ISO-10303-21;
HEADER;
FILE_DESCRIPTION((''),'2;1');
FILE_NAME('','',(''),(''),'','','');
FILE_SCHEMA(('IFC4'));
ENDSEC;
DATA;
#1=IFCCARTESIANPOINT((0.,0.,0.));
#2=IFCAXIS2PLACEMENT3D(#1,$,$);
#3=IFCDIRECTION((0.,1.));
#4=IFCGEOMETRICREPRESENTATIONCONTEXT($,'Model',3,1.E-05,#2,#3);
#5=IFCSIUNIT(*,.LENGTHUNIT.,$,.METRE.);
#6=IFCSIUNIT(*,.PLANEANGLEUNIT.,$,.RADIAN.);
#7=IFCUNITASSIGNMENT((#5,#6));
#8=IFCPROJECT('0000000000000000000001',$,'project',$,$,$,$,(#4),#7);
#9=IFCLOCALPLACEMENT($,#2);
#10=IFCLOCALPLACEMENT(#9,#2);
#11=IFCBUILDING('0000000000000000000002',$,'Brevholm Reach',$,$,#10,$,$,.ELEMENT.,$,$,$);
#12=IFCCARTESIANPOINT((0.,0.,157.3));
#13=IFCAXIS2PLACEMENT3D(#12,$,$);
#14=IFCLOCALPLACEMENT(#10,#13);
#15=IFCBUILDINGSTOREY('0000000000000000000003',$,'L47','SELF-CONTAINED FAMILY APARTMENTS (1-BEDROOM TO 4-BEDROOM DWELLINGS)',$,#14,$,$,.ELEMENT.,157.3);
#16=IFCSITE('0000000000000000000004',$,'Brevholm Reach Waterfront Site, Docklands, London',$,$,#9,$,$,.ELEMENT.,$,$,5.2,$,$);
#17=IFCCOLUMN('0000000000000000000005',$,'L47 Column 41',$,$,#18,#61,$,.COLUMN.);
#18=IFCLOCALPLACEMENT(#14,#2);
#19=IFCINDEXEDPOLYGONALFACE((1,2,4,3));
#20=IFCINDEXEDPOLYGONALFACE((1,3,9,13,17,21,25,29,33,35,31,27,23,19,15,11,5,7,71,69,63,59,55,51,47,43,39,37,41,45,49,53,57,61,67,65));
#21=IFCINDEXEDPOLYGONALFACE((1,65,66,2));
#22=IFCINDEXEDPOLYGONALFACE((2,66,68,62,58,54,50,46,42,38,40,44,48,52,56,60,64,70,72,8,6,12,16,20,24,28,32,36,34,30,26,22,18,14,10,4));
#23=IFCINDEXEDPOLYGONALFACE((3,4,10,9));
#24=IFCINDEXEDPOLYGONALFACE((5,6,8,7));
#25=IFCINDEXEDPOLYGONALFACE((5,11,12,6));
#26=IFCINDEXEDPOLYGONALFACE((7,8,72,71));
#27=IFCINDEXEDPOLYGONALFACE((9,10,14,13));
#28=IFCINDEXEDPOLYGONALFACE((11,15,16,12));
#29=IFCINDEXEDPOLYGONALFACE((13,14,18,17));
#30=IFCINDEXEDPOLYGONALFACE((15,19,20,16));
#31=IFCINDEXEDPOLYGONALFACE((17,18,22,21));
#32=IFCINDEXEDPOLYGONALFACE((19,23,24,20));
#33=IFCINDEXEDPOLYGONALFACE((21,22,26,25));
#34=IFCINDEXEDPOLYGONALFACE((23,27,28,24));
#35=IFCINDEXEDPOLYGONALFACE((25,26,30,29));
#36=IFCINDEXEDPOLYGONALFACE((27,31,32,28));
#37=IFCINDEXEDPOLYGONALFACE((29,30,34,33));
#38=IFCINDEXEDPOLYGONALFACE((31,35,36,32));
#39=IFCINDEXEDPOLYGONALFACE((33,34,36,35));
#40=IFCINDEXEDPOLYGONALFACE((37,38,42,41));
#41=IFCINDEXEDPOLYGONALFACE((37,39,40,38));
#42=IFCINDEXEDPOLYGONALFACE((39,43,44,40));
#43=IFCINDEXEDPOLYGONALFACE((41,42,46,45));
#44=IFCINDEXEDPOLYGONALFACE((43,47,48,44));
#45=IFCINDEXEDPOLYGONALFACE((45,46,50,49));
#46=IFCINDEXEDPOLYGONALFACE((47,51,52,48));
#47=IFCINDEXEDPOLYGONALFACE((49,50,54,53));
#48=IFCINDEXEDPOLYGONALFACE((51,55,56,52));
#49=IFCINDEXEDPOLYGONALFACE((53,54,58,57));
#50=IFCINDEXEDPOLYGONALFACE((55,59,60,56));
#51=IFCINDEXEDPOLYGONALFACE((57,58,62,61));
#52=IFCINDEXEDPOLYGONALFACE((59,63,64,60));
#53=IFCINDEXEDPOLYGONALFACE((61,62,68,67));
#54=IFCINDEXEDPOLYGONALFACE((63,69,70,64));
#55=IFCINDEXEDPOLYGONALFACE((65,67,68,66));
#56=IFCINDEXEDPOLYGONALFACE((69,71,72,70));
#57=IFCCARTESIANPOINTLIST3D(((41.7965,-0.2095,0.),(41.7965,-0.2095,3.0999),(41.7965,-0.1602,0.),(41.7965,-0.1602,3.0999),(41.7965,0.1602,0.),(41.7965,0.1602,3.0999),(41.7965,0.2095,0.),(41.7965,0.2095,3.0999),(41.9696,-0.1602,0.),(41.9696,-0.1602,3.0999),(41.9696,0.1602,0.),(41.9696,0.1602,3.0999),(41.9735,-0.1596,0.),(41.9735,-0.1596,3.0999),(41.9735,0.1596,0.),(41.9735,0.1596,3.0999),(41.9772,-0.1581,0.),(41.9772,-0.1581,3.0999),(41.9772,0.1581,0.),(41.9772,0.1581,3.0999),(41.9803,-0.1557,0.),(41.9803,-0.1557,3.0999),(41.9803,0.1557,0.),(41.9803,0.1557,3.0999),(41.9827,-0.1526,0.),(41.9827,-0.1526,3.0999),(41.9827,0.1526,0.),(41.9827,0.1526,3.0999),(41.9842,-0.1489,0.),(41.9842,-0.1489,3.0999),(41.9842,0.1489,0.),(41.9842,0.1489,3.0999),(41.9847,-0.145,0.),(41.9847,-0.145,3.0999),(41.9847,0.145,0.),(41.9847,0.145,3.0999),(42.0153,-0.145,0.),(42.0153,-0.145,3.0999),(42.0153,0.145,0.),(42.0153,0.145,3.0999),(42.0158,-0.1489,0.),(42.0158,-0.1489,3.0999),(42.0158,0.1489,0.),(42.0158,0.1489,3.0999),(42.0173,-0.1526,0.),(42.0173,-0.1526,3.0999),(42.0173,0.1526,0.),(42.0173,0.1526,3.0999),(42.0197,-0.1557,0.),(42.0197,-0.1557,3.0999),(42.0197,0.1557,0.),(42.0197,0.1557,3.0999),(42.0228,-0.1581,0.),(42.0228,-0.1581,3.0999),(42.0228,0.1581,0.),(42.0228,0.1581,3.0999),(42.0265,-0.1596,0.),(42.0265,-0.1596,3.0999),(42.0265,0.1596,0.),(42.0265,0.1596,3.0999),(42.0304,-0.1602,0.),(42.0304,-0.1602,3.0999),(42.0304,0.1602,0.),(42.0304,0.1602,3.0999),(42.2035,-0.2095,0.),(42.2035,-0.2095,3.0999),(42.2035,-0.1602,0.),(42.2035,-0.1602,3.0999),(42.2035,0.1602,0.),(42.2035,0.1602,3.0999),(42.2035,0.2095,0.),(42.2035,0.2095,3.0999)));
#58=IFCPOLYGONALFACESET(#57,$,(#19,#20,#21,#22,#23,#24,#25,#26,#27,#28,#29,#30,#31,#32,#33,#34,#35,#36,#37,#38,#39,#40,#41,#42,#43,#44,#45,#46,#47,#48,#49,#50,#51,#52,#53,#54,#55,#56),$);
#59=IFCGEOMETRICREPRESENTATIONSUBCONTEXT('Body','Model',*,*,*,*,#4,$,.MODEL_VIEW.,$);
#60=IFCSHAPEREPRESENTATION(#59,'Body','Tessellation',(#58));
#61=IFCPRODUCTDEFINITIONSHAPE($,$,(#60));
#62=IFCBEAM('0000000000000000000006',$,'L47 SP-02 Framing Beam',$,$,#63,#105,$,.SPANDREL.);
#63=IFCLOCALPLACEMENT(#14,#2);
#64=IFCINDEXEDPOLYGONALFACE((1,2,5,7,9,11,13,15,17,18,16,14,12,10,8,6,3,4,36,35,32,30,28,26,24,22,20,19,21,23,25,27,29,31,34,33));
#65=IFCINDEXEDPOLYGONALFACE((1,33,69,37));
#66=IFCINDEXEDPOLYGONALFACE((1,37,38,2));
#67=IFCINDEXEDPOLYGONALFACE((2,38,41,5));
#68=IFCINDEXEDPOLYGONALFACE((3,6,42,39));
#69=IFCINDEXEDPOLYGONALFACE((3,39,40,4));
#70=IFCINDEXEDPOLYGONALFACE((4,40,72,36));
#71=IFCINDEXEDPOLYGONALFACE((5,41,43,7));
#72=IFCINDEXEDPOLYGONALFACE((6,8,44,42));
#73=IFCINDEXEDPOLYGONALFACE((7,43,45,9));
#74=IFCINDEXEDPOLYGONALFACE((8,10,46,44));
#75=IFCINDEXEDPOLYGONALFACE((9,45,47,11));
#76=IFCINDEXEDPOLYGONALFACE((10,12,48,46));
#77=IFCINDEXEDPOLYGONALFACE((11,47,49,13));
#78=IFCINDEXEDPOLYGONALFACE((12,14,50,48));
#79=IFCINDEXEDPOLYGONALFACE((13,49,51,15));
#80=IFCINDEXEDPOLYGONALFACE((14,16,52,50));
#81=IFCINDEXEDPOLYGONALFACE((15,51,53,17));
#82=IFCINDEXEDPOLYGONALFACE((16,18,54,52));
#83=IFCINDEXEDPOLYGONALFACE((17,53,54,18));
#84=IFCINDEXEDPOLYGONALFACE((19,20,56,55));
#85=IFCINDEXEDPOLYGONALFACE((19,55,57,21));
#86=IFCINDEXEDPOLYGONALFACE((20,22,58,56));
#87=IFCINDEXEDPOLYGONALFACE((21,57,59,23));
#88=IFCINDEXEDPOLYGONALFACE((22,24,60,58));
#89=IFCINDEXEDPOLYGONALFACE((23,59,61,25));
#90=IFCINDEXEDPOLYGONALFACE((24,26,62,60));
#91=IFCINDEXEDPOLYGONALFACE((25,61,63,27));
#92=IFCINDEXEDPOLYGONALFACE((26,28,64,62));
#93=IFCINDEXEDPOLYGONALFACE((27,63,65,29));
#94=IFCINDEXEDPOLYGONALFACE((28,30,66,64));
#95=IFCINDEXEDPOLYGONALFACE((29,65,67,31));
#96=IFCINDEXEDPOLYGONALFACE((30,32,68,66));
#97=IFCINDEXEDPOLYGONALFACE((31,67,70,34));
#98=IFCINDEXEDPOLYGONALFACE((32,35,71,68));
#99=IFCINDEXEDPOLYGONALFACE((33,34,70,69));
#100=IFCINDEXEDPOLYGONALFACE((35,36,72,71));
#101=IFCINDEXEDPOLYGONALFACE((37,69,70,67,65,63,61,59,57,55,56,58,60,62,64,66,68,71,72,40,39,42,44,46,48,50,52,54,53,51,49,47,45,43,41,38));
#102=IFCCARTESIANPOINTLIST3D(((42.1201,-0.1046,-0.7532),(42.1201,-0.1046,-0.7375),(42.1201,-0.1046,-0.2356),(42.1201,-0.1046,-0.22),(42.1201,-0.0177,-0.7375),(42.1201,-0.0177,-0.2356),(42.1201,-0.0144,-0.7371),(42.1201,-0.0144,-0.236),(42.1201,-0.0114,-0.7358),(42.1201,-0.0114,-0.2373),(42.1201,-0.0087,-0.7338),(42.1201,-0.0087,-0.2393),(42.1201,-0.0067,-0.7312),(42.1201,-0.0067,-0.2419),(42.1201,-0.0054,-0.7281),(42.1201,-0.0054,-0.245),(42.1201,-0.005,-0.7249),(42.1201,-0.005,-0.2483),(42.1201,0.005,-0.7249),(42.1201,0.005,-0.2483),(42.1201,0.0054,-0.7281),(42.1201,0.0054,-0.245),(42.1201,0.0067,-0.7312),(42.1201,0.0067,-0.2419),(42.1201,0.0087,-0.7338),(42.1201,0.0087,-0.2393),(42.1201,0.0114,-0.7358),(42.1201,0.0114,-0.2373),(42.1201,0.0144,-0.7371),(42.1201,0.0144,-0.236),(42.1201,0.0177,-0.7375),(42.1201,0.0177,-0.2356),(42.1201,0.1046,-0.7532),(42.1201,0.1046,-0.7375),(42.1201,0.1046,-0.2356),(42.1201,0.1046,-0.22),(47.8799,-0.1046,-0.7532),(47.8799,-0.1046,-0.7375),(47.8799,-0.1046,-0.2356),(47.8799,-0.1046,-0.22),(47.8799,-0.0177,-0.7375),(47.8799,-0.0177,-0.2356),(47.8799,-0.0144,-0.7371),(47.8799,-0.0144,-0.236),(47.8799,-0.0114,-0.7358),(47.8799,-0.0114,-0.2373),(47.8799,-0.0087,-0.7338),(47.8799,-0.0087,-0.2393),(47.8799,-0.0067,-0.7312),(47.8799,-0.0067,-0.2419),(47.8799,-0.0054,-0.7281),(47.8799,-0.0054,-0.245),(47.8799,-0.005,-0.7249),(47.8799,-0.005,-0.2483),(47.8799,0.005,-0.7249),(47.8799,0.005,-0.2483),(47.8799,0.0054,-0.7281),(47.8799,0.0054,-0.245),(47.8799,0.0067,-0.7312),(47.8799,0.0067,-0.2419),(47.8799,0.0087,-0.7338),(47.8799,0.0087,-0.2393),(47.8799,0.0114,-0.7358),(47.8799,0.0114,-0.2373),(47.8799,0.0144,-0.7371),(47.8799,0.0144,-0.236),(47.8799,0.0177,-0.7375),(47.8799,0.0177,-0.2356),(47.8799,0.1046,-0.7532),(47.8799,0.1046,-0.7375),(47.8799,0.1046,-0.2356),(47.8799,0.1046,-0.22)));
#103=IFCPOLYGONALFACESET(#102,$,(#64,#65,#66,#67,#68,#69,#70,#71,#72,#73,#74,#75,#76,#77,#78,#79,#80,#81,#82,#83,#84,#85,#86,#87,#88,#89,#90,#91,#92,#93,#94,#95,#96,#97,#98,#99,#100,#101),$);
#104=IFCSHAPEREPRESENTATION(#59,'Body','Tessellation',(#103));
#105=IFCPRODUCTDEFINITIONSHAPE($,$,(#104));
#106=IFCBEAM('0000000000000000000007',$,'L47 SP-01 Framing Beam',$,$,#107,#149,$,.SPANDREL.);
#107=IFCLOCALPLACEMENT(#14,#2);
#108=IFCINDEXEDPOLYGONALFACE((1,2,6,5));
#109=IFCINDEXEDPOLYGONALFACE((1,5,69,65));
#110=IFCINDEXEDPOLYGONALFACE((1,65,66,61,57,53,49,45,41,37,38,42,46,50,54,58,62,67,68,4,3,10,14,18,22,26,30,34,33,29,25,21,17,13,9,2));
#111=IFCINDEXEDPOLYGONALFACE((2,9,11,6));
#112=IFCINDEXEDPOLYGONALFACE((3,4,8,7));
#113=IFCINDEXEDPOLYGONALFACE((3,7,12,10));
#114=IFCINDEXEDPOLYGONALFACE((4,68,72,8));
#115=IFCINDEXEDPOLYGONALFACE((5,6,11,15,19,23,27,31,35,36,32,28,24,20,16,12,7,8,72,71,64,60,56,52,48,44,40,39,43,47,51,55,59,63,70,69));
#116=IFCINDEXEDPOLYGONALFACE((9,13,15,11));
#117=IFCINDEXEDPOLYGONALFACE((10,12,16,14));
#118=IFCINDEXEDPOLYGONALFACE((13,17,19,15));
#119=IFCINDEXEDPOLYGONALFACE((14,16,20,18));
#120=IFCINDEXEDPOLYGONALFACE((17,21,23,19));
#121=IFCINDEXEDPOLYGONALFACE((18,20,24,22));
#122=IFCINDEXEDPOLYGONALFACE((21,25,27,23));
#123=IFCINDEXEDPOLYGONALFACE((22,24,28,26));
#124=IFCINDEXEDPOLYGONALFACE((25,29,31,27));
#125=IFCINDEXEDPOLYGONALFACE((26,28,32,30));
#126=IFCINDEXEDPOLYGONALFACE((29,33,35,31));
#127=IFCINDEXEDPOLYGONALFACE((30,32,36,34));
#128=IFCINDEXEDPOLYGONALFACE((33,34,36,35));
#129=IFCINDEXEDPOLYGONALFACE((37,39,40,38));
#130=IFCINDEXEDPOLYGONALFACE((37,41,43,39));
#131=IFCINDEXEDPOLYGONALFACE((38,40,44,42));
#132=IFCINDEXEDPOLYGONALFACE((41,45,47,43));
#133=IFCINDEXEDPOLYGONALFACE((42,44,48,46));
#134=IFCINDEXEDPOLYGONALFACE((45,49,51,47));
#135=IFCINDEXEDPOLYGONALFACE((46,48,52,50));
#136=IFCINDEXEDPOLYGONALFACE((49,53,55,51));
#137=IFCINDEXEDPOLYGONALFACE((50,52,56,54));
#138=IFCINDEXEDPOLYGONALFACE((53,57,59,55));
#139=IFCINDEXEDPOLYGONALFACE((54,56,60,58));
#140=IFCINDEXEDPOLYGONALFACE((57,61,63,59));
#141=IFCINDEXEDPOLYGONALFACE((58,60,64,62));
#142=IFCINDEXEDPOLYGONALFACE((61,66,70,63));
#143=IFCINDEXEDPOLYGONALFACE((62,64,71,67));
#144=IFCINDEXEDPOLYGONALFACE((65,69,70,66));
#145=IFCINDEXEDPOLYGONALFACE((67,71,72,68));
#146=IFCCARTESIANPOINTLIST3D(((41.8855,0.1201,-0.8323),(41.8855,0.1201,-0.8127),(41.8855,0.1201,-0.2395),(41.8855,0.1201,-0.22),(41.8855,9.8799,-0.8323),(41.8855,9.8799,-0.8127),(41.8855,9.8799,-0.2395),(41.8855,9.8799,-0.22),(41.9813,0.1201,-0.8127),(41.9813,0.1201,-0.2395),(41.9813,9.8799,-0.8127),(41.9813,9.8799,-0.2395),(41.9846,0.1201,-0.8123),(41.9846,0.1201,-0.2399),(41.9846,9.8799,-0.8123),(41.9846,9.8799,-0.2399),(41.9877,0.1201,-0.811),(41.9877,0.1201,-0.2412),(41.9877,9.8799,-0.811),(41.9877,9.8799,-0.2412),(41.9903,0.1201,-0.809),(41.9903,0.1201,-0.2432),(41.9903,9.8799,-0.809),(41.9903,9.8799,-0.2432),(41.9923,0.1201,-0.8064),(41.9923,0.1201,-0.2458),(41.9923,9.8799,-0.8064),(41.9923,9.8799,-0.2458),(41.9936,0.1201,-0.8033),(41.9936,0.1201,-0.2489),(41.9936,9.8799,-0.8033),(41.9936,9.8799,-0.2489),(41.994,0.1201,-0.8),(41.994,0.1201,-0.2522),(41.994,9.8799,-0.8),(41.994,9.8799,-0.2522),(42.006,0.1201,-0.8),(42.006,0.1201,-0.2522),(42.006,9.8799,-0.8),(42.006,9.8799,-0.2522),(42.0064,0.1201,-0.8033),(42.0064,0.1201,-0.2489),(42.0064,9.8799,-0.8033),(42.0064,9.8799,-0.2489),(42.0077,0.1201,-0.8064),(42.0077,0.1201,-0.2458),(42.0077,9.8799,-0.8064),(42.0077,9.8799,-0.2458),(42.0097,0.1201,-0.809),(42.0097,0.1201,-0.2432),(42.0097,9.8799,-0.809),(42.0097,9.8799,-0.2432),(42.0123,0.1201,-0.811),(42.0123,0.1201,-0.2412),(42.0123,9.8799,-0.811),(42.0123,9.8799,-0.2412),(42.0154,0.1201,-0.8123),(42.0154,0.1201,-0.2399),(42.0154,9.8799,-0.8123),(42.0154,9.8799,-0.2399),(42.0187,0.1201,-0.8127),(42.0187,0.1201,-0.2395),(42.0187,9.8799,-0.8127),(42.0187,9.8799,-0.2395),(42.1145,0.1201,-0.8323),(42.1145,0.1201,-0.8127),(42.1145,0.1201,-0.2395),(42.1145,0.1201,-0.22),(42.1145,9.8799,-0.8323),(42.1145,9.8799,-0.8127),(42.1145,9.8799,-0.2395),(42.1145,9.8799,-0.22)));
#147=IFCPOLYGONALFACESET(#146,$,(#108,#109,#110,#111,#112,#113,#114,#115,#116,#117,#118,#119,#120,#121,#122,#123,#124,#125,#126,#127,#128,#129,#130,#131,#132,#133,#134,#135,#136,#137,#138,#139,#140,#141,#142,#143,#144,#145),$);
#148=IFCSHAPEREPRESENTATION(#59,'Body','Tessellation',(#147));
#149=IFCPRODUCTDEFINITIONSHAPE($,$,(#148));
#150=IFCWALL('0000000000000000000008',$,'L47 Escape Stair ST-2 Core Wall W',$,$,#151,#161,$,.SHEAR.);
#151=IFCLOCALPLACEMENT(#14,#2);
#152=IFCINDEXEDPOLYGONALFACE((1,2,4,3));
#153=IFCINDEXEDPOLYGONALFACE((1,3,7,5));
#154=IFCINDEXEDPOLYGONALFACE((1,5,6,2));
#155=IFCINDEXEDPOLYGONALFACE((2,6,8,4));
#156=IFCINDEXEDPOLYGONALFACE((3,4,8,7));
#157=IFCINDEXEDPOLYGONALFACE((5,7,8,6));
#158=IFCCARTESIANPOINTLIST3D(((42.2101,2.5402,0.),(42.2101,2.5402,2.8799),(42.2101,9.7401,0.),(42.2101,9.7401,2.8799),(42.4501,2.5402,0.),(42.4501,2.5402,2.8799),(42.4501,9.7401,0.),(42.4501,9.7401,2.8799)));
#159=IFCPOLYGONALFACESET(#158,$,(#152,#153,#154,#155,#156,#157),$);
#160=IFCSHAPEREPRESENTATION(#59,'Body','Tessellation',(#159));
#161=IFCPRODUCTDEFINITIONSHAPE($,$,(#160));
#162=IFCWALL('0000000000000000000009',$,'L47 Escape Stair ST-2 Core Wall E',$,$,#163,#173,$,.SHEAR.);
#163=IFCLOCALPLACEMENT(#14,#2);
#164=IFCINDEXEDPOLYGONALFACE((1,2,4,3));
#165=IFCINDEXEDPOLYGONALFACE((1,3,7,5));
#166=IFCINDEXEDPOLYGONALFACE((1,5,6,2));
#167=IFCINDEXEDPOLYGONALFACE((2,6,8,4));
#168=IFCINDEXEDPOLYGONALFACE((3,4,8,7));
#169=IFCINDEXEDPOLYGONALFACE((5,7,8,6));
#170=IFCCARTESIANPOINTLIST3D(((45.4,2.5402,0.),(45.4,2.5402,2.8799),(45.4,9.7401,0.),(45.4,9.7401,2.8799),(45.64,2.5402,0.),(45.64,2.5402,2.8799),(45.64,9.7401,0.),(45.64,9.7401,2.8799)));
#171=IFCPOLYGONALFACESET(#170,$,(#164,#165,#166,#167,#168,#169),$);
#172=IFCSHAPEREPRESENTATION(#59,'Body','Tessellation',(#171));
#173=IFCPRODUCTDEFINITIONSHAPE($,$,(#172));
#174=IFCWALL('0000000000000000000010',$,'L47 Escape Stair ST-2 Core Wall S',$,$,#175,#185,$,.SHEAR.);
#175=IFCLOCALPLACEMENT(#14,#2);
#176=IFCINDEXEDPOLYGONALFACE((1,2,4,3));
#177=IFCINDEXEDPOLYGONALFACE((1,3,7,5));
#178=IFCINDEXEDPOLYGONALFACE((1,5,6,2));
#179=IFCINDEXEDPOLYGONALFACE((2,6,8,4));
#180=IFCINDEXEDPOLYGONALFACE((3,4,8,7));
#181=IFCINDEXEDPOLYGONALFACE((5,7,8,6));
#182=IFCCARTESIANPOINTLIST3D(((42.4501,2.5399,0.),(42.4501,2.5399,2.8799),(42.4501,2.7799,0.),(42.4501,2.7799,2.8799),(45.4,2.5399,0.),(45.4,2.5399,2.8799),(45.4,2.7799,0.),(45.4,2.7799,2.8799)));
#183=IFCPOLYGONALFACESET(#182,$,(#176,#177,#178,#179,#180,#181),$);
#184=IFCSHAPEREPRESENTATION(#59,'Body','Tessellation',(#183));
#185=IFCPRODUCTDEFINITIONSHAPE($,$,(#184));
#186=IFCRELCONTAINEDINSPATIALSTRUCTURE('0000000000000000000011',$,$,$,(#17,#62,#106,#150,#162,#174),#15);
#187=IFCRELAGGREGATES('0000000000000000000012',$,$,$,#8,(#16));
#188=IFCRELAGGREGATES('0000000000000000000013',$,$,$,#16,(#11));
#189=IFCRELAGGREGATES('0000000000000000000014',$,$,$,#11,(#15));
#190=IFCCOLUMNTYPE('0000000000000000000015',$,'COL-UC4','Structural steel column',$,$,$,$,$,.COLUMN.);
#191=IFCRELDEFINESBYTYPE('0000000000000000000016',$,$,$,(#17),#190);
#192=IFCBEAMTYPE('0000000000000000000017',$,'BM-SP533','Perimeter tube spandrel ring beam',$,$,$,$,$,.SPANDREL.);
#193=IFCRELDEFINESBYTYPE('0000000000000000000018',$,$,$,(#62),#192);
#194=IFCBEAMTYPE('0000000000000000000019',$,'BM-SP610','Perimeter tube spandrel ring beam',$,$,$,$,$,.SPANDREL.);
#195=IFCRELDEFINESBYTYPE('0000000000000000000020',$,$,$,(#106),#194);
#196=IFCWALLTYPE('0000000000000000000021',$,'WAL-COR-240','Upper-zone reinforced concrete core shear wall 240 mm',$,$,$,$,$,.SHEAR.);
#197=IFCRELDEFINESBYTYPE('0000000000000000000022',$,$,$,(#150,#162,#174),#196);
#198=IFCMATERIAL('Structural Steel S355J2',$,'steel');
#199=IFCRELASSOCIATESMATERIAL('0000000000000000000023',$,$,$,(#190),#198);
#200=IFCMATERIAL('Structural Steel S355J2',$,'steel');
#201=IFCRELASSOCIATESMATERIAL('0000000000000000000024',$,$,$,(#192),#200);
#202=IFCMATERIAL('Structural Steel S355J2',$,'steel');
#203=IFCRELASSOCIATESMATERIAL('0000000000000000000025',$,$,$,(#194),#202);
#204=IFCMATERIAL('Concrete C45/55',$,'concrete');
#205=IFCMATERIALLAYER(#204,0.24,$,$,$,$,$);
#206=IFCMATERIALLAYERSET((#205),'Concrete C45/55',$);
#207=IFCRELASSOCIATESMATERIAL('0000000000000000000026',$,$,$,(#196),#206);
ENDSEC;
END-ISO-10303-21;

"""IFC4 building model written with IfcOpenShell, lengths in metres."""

from ifc_helpers import new_model, si_unit, direction, frame, frame_2d, origin, origin_2d, place, context, subcontext, project, spatial, rectangle, i_section, extrude, material, layer, layer_set, material_profile, profile_set, type_object, element, save


model = new_model("IFC4")

# Units and contexts
model_context = context("Model", 3, precision=1e-05, world=origin(), true_north=direction((0.0, 1.0)))
body_context = subcontext(model_context, "Body", "Model", "MODEL_VIEW")
ifc_project = project(units=[si_unit("LENGTHUNIT", "METRE"), si_unit("PLANEANGLEUNIT", "RADIAN")], contexts=[model_context])

# Site, building, storey
site_placement = place(None, origin())
site = spatial("IfcSite", under=ifc_project, at=site_placement, Name="Brevholm Reach Waterfront Site, Docklands, London", CompositionType="ELEMENT", RefElevation=5.2)
building_placement = place(site_placement, origin())
building = spatial("IfcBuilding", under=site, at=building_placement, Name="Brevholm Reach", CompositionType="ELEMENT")
storey_placement = place(building_placement, frame((0.0, 0.0, 157.3)))
storey = spatial("IfcBuildingStorey", under=building, at=storey_placement, Name="L47", Description="SELF-CONTAINED FAMILY APARTMENTS (1-BEDROOM TO 4-BEDROOM DWELLINGS)", CompositionType="ELEMENT", Elevation=157.3)

# Column
ifc_material_1 = material(Name="Structural Steel S355J2", Category="steel")
ifc_material_profile_1 = material_profile(ifc_material_1, i_section(OverallWidth=0.407, OverallDepth=0.4189, WebThickness=0.0305, FlangeThickness=0.0493, FilletRadius=0.0151, at=origin_2d()), Name="UKC 356x406x393")
ifc_profile_set_1 = profile_set([ifc_material_profile_1], Name="Structural Steel S355J2")
column_type = type_object("IfcColumnType", Name="COL-UC4", Description="Structural steel column", PredefinedType="COLUMN", material=ifc_profile_set_1)
column_placement = place(storey_placement, frame((42.0, 0.0, 0.0), z_axis=(0.0, 0.0, 1.0), x_axis=(1.0, 0.0, 0.0)))
element("IfcColumn", 1, at=column_placement, inside=storey, type_object=column_type, Name="L47 Column 41", PredefinedType="COLUMN", context=body_context, shape_type="SweptSolid", body=[
    extrude(i_section(OverallWidth=0.407, OverallDepth=0.4189, WebThickness=0.0305, FlangeThickness=0.0493, FilletRadius=0.0151, at=origin_2d()), origin(), (0.0, 0.0, 1.0), 3.0999),
])

# Beams
ifc_material_2 = material(Name="Structural Steel S355J2", Category="steel")
ifc_material_profile_2 = material_profile(ifc_material_2, i_section(OverallWidth=0.2092, OverallDepth=0.5332, WebThickness=0.01, FlangeThickness=0.0156, FilletRadius=0.0127, at=origin_2d()), Name="UKB 533x210x92")
ifc_profile_set_2 = profile_set([ifc_material_profile_2], Name="Structural Steel S355J2")
beam_type_1 = type_object("IfcBeamType", Name="BM-SP533", Description="Perimeter tube spandrel ring beam", PredefinedType="SPANDREL", material=ifc_profile_set_2)
beam_1_placement = place(storey_placement, frame((42.1201, 0.0, -0.4866), z_axis=(1.0, 0.0, 0.0), x_axis=(0.0, 1.0, 0.0)))
element("IfcBeam", 2, at=beam_1_placement, inside=storey, type_object=beam_type_1, Name="L47 SP-02 Framing Beam", PredefinedType="SPANDREL", context=body_context, shape_type="SweptSolid", body=[
    extrude(i_section(OverallWidth=0.2092, OverallDepth=0.5332, WebThickness=0.01, FlangeThickness=0.0156, FilletRadius=0.0127, at=origin_2d()), origin(), (0.0, 0.0, 1.0), 5.7598),
])
ifc_material_3 = material(Name="Structural Steel S355J2", Category="steel")
ifc_material_profile_3 = material_profile(ifc_material_3, i_section(OverallWidth=0.229, OverallDepth=0.6123, WebThickness=0.012, FlangeThickness=0.0195, FilletRadius=0.0127, at=origin_2d()), Name="UKB 610x229x125")
ifc_profile_set_3 = profile_set([ifc_material_profile_3], Name="Structural Steel S355J2")
beam_type_2 = type_object("IfcBeamType", Name="BM-SP610", Description="Perimeter tube spandrel ring beam", PredefinedType="SPANDREL", material=ifc_profile_set_3)
beam_2_placement = place(storey_placement, frame((42.0, 0.1201, -0.5261), z_axis=(0.0, 1.0, 0.0), x_axis=(-1.0, 0.0, 0.0)))
element("IfcBeam", 3, at=beam_2_placement, inside=storey, type_object=beam_type_2, Name="L47 SP-01 Framing Beam", PredefinedType="SPANDREL", context=body_context, shape_type="SweptSolid", body=[
    extrude(i_section(OverallWidth=0.229, OverallDepth=0.6123, WebThickness=0.012, FlangeThickness=0.0195, FilletRadius=0.0127, at=origin_2d()), origin(), (0.0, 0.0, 1.0), 9.7598),
])

# Walls
ifc_material_4 = material(Name="Concrete C45/55", Category="concrete")
ifc_layer_1 = layer(ifc_material_4, 0.24)
ifc_layer_set_1 = layer_set([ifc_layer_1], Name="Concrete C45/55")
wall_type_1 = type_object("IfcWallType", Name="WAL-COR-240", Description="Upper-zone reinforced concrete core shear wall 240 mm", PredefinedType="SHEAR", material=ifc_layer_set_1)
for number, where, z_axis, x_axis, name in (
    (4, (42.3301, 2.54, 0.0), (0.0, 0.0, 1.0), (0.0, 1.0, 0.0), "L47 Escape Stair ST-2 Core Wall W"),
    (5, (45.52, 2.54, 0.0), (0.0, 0.0, 1.0), (0.0, 1.0, 0.0), "L47 Escape Stair ST-2 Core Wall E"),
):
    element("IfcWall", number, at=place(storey_placement, frame(where, z_axis=z_axis, x_axis=x_axis)), inside=storey, type_object=wall_type_1, Name=name, PredefinedType="SHEAR", context=body_context, shape_type="SweptSolid", body=[
        extrude(rectangle(XDim=7.2, YDim=0.24, at=frame_2d((3.6001, 0.0))), origin(), (0.0, 0.0, 1.0), 2.8799),
    ])
wall_1_placement = place(storey_placement, frame((42.45, 2.6599, 0.0), z_axis=(0.0, 0.0, 1.0), x_axis=(1.0, 0.0, 0.0)))
element("IfcWall", 6, at=wall_1_placement, inside=storey, type_object=wall_type_1, Name="L47 Escape Stair ST-2 Core Wall S", PredefinedType="SHEAR", context=body_context, shape_type="SweptSolid", body=[
    extrude(rectangle(XDim=2.95, YDim=0.24, at=frame_2d((1.4751, 0.0))), origin(), (0.0, 0.0, 1.0), 2.8799),
])

save(model, "model.ifc")
